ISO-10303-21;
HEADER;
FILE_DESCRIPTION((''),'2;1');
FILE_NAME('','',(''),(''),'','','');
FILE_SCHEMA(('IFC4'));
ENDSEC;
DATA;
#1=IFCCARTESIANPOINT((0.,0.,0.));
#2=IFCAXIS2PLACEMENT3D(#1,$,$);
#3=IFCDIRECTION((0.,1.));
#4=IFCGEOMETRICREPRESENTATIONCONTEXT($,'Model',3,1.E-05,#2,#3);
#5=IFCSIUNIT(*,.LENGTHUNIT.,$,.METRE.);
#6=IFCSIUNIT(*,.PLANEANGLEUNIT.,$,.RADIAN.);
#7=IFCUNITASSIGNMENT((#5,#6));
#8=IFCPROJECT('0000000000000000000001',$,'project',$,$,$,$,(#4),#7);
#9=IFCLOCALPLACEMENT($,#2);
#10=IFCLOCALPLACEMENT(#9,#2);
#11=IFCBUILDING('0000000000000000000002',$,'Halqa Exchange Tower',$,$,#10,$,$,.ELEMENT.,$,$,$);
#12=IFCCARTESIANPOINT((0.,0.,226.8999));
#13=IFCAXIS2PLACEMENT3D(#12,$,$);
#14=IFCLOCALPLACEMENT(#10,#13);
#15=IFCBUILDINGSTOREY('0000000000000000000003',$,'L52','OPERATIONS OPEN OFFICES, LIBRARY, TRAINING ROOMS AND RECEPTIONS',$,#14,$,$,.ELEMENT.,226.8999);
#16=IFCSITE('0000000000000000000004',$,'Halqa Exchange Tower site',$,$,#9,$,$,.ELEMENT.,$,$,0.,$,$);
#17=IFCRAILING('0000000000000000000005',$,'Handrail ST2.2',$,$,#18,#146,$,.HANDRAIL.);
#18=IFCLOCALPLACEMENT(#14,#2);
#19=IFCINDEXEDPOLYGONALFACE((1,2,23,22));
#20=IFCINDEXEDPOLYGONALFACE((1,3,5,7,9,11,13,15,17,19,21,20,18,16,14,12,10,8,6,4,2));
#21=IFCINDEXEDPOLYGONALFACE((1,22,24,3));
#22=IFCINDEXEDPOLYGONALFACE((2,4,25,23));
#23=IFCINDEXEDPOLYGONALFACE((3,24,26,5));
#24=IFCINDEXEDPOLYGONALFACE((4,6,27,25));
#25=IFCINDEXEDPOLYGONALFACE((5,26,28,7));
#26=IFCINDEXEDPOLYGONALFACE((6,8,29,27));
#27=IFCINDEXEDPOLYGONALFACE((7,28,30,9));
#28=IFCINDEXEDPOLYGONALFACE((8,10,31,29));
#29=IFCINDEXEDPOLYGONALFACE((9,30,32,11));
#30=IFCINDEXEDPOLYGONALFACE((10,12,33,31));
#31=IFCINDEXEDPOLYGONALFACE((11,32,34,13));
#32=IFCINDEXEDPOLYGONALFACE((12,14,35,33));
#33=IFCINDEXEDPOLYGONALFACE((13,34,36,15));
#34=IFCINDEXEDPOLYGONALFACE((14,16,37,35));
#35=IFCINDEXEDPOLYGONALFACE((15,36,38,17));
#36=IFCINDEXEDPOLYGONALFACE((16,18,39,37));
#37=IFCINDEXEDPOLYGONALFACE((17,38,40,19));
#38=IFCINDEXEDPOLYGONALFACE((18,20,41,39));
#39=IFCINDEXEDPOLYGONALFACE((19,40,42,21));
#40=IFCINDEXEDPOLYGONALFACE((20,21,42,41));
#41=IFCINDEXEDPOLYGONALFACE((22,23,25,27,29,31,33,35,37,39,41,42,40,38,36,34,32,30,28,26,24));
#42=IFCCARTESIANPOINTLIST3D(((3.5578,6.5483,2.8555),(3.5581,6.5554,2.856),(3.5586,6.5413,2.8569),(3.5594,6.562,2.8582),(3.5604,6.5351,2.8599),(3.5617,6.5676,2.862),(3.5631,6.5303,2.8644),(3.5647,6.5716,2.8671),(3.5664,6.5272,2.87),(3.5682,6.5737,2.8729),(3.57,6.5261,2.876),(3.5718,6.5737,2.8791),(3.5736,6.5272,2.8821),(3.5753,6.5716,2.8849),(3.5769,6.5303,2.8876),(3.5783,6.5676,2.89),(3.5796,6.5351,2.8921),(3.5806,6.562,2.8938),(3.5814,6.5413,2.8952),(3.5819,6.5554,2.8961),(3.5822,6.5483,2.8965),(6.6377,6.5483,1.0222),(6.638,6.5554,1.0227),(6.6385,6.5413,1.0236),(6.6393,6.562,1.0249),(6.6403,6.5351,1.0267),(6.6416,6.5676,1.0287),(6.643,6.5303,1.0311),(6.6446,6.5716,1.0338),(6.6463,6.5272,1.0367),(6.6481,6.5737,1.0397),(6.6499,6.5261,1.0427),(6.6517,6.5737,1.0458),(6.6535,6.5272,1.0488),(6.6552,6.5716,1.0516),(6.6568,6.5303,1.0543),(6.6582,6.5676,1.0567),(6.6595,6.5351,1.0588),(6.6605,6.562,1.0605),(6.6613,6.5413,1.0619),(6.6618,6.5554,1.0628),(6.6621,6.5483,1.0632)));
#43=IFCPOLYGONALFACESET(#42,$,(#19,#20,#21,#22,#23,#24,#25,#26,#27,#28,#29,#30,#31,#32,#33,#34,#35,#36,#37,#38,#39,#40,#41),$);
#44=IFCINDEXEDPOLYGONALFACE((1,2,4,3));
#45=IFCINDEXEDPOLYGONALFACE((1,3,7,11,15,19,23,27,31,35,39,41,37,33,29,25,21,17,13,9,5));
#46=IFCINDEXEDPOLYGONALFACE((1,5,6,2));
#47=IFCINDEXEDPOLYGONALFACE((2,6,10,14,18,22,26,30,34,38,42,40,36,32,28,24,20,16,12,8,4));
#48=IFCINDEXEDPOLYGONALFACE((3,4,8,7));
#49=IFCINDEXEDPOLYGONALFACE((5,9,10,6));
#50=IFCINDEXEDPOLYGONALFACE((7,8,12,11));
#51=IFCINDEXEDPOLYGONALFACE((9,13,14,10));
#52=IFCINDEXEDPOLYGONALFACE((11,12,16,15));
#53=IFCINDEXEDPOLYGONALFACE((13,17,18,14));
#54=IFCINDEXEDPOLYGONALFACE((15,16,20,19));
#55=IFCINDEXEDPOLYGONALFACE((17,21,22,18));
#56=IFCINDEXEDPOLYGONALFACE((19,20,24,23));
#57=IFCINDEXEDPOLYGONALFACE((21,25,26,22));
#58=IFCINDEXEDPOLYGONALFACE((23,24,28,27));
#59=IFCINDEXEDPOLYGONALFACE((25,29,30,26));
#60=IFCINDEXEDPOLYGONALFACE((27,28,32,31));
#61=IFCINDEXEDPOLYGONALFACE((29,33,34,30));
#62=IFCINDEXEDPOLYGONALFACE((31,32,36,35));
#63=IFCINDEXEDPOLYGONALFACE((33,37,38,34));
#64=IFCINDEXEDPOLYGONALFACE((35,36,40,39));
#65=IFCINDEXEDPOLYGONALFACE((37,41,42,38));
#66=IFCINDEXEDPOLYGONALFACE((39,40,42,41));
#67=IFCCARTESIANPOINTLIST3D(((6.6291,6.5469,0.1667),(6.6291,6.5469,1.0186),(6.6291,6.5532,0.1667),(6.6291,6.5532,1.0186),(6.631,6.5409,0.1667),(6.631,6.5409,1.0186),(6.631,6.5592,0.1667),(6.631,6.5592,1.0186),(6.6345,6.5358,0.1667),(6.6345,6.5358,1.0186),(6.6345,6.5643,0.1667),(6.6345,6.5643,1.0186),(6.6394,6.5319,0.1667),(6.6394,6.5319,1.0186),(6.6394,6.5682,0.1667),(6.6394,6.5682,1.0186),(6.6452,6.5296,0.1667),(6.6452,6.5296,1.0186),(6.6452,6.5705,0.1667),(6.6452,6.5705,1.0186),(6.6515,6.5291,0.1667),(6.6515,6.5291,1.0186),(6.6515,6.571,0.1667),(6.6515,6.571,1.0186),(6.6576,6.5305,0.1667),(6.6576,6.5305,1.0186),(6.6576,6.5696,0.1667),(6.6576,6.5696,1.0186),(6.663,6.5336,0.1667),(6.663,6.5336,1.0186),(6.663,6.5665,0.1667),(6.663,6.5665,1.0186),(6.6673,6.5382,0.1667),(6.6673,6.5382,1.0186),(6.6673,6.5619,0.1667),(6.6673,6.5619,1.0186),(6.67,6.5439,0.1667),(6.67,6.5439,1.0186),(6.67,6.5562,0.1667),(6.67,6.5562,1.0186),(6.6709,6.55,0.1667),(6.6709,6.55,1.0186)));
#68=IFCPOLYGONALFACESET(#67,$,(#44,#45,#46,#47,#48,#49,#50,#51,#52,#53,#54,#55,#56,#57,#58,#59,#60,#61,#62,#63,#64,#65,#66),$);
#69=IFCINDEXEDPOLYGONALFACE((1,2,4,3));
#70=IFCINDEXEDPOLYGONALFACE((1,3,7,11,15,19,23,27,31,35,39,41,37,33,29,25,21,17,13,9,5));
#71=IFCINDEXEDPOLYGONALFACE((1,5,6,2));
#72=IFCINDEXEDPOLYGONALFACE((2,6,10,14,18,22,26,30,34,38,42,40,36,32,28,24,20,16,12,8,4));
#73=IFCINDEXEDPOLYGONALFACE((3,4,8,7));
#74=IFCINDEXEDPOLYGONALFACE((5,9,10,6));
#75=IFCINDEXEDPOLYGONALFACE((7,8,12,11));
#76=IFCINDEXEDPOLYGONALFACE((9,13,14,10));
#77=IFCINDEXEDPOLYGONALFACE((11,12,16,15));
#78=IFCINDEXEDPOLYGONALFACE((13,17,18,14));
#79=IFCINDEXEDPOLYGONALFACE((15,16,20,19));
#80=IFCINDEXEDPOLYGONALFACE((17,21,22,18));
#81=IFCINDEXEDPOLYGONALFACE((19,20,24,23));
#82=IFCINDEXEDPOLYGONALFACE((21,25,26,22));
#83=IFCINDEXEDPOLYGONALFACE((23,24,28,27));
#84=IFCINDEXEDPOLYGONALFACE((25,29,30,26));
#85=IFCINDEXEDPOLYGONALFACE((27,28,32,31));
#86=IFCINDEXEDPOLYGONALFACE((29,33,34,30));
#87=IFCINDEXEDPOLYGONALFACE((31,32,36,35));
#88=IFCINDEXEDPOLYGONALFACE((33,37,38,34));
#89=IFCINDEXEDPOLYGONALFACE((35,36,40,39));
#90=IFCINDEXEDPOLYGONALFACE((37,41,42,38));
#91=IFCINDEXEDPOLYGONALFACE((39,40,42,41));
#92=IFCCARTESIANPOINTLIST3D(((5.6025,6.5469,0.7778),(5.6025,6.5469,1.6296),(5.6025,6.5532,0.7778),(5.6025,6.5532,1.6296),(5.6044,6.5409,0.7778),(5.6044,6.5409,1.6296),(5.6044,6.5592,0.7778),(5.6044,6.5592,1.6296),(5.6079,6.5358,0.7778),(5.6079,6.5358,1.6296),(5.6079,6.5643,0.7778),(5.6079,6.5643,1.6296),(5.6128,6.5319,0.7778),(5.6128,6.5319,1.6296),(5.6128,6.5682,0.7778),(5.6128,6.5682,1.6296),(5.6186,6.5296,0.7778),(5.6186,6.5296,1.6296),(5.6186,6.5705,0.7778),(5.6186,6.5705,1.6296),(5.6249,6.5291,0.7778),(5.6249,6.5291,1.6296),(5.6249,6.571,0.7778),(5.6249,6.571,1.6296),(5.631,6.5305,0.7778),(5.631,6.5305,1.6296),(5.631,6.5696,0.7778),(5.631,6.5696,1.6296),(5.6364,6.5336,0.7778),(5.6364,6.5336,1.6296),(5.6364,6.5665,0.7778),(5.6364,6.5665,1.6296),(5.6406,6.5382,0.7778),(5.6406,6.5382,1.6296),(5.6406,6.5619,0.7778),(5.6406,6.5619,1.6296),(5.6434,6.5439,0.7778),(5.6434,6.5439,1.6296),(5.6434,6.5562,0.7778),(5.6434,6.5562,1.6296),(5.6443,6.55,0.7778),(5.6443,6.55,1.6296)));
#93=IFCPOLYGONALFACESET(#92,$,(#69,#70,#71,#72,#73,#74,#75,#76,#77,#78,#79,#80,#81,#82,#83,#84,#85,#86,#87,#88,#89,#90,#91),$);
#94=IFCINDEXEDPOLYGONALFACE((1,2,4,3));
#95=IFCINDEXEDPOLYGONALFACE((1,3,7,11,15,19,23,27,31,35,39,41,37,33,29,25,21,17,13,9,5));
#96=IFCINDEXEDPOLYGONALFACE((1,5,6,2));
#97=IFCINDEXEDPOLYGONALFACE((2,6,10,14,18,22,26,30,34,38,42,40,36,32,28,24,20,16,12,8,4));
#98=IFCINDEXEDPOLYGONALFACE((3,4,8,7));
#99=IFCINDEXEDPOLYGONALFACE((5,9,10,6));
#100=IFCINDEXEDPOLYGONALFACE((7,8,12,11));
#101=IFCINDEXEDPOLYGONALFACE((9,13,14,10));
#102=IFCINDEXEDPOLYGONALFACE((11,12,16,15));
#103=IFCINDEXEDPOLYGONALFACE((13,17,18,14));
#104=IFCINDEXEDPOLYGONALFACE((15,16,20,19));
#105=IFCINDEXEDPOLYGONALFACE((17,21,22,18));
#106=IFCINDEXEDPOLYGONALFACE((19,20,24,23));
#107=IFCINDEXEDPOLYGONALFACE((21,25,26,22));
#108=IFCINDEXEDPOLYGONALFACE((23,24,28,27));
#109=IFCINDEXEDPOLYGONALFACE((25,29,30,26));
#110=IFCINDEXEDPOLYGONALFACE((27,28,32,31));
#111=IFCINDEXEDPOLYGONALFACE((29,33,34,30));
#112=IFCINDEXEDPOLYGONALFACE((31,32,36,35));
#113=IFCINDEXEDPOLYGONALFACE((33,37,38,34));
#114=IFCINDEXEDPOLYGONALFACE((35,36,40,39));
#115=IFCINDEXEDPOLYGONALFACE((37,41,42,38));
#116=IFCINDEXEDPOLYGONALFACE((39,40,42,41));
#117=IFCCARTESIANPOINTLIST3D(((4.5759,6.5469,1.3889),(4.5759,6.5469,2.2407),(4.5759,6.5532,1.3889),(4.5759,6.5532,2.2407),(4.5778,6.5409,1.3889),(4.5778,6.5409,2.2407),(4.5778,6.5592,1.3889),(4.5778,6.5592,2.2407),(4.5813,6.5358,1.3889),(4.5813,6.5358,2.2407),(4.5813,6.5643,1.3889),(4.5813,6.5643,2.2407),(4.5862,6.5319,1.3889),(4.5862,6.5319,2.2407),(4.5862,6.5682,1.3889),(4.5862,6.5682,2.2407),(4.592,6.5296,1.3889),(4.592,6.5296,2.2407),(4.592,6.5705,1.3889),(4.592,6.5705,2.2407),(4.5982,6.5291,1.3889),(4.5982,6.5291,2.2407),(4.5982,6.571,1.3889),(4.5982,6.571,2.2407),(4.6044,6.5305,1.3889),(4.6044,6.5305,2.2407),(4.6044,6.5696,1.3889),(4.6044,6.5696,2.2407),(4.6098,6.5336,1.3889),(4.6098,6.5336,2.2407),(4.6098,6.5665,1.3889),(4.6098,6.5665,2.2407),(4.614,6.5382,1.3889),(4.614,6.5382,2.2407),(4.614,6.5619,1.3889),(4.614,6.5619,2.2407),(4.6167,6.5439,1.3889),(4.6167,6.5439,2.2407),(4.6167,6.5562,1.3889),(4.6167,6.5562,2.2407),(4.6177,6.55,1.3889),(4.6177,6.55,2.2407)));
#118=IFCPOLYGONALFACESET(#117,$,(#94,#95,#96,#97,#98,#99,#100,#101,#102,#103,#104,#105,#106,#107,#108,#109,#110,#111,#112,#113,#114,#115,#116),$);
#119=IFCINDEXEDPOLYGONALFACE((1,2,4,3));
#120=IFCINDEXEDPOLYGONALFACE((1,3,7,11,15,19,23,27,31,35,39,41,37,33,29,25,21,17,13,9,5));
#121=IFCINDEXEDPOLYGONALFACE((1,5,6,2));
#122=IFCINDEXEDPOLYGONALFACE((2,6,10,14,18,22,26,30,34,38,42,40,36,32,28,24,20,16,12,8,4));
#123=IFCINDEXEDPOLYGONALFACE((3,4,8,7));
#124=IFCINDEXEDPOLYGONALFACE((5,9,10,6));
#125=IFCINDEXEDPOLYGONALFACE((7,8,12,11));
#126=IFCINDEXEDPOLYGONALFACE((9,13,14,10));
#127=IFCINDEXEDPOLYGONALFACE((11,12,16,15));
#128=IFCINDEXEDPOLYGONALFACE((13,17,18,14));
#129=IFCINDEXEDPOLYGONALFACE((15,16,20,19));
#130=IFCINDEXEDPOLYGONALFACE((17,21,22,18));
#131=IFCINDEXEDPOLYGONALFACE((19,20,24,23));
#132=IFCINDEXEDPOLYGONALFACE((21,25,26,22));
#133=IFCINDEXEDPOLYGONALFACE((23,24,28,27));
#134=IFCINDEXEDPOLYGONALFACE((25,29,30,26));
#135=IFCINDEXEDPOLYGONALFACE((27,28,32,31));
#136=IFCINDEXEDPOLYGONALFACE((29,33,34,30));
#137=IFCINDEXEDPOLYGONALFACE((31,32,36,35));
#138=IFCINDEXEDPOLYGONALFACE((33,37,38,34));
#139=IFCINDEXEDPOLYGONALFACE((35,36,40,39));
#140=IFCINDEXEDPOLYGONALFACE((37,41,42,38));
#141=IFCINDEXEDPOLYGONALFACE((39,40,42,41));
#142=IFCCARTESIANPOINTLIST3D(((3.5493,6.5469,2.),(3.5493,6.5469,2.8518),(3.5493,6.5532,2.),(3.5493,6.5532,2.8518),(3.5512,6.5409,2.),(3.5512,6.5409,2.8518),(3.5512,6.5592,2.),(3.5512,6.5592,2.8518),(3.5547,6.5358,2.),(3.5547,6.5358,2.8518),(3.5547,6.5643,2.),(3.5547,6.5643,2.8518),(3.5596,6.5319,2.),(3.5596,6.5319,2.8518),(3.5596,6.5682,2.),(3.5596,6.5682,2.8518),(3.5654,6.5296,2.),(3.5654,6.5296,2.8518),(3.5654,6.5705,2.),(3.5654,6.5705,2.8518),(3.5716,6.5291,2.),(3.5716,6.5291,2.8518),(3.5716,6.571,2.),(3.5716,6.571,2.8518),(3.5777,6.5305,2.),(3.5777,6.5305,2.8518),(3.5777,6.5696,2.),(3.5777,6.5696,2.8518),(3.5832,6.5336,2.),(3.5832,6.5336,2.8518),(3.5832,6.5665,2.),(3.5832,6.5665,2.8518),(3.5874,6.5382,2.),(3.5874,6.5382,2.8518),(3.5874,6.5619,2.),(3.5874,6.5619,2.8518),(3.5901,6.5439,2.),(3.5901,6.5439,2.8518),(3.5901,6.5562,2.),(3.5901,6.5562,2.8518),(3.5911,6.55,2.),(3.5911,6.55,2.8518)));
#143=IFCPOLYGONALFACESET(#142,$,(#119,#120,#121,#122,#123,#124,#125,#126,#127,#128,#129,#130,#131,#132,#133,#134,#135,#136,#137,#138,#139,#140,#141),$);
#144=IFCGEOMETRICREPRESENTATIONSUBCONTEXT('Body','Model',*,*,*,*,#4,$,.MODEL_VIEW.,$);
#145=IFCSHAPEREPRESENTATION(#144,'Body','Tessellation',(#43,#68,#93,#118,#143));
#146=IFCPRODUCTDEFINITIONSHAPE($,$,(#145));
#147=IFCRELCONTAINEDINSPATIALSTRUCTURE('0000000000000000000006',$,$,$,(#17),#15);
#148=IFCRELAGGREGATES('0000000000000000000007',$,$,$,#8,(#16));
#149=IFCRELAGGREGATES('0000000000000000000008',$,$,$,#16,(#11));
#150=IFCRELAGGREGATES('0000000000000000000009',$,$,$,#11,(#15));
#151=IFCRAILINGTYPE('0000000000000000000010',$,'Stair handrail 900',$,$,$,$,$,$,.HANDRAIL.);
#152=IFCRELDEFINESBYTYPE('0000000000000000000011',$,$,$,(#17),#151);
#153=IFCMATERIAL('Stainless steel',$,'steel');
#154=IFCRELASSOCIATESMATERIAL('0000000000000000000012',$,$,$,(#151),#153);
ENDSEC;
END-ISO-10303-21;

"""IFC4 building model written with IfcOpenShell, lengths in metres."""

from ifc_helpers import new_model, si_unit, direction, frame, origin, origin_2d, place, context, subcontext, project, spatial, circle, extrude, material, type_object, element, save


model = new_model("IFC4")

# Units and contexts
model_context = context("Model", 3, precision=1e-05, world=origin(), true_north=direction((0.0, 1.0)))
body_context = subcontext(model_context, "Body", "Model", "MODEL_VIEW")
ifc_project = project(units=[si_unit("LENGTHUNIT", "METRE"), si_unit("PLANEANGLEUNIT", "RADIAN")], contexts=[model_context])

# Site, building, storey
site_placement = place(None, origin())
site = spatial("IfcSite", under=ifc_project, at=site_placement, Name="Halqa Exchange Tower site", CompositionType="ELEMENT", RefElevation=0.0)
building_placement = place(site_placement, origin())
building = spatial("IfcBuilding", under=site, at=building_placement, Name="Halqa Exchange Tower", CompositionType="ELEMENT")
storey_placement = place(building_placement, frame((0.0, 0.0, 226.8999)))
storey = spatial("IfcBuildingStorey", under=building, at=storey_placement, Name="L52", Description="OPERATIONS OPEN OFFICES, LIBRARY, TRAINING ROOMS AND RECEPTIONS", CompositionType="ELEMENT", Elevation=226.8999)

# Railing
ifc_material_1 = material(Name="Stainless steel", Category="steel")
railing_type_1 = type_object("IfcRailingType", Name="Stair handrail 900", PredefinedType="HANDRAIL", material=ifc_material_1)
railing_1_placement = place(storey_placement, frame((6.6499, 6.55, 0.1667)))
element("IfcRailing", 1, at=railing_1_placement, inside=storey, type_object=railing_type_1, Name="Handrail ST2.2", PredefinedType="HANDRAIL", context=body_context, shape_type="SweptSolid", body=[
    extrude(circle(Radius=0.0239, at=origin_2d()), frame((0.0, 0.0, 0.876), z_axis=(-0.859291, 0.0, 0.511487), x_axis=(0.0, -1.0, 0.0)), (0.0, 0.0, 1.0), 3.5842),
    extrude(circle(Radius=0.021, at=origin_2d()), origin(), (0.0, 0.0, 1.0), 0.8518),
    extrude(circle(Radius=0.021, at=origin_2d()), frame((-1.0266, 0.0, 0.6111)), (0.0, 0.0, 1.0), 0.8518),
    extrude(circle(Radius=0.021, at=origin_2d()), frame((-2.0532, 0.0, 1.2222)), (0.0, 0.0, 1.0), 0.8518),
    extrude(circle(Radius=0.021, at=origin_2d()), frame((-3.0798, 0.0, 1.8333)), (0.0, 0.0, 1.0), 0.8518),
])

save(model, "model.ifc")
